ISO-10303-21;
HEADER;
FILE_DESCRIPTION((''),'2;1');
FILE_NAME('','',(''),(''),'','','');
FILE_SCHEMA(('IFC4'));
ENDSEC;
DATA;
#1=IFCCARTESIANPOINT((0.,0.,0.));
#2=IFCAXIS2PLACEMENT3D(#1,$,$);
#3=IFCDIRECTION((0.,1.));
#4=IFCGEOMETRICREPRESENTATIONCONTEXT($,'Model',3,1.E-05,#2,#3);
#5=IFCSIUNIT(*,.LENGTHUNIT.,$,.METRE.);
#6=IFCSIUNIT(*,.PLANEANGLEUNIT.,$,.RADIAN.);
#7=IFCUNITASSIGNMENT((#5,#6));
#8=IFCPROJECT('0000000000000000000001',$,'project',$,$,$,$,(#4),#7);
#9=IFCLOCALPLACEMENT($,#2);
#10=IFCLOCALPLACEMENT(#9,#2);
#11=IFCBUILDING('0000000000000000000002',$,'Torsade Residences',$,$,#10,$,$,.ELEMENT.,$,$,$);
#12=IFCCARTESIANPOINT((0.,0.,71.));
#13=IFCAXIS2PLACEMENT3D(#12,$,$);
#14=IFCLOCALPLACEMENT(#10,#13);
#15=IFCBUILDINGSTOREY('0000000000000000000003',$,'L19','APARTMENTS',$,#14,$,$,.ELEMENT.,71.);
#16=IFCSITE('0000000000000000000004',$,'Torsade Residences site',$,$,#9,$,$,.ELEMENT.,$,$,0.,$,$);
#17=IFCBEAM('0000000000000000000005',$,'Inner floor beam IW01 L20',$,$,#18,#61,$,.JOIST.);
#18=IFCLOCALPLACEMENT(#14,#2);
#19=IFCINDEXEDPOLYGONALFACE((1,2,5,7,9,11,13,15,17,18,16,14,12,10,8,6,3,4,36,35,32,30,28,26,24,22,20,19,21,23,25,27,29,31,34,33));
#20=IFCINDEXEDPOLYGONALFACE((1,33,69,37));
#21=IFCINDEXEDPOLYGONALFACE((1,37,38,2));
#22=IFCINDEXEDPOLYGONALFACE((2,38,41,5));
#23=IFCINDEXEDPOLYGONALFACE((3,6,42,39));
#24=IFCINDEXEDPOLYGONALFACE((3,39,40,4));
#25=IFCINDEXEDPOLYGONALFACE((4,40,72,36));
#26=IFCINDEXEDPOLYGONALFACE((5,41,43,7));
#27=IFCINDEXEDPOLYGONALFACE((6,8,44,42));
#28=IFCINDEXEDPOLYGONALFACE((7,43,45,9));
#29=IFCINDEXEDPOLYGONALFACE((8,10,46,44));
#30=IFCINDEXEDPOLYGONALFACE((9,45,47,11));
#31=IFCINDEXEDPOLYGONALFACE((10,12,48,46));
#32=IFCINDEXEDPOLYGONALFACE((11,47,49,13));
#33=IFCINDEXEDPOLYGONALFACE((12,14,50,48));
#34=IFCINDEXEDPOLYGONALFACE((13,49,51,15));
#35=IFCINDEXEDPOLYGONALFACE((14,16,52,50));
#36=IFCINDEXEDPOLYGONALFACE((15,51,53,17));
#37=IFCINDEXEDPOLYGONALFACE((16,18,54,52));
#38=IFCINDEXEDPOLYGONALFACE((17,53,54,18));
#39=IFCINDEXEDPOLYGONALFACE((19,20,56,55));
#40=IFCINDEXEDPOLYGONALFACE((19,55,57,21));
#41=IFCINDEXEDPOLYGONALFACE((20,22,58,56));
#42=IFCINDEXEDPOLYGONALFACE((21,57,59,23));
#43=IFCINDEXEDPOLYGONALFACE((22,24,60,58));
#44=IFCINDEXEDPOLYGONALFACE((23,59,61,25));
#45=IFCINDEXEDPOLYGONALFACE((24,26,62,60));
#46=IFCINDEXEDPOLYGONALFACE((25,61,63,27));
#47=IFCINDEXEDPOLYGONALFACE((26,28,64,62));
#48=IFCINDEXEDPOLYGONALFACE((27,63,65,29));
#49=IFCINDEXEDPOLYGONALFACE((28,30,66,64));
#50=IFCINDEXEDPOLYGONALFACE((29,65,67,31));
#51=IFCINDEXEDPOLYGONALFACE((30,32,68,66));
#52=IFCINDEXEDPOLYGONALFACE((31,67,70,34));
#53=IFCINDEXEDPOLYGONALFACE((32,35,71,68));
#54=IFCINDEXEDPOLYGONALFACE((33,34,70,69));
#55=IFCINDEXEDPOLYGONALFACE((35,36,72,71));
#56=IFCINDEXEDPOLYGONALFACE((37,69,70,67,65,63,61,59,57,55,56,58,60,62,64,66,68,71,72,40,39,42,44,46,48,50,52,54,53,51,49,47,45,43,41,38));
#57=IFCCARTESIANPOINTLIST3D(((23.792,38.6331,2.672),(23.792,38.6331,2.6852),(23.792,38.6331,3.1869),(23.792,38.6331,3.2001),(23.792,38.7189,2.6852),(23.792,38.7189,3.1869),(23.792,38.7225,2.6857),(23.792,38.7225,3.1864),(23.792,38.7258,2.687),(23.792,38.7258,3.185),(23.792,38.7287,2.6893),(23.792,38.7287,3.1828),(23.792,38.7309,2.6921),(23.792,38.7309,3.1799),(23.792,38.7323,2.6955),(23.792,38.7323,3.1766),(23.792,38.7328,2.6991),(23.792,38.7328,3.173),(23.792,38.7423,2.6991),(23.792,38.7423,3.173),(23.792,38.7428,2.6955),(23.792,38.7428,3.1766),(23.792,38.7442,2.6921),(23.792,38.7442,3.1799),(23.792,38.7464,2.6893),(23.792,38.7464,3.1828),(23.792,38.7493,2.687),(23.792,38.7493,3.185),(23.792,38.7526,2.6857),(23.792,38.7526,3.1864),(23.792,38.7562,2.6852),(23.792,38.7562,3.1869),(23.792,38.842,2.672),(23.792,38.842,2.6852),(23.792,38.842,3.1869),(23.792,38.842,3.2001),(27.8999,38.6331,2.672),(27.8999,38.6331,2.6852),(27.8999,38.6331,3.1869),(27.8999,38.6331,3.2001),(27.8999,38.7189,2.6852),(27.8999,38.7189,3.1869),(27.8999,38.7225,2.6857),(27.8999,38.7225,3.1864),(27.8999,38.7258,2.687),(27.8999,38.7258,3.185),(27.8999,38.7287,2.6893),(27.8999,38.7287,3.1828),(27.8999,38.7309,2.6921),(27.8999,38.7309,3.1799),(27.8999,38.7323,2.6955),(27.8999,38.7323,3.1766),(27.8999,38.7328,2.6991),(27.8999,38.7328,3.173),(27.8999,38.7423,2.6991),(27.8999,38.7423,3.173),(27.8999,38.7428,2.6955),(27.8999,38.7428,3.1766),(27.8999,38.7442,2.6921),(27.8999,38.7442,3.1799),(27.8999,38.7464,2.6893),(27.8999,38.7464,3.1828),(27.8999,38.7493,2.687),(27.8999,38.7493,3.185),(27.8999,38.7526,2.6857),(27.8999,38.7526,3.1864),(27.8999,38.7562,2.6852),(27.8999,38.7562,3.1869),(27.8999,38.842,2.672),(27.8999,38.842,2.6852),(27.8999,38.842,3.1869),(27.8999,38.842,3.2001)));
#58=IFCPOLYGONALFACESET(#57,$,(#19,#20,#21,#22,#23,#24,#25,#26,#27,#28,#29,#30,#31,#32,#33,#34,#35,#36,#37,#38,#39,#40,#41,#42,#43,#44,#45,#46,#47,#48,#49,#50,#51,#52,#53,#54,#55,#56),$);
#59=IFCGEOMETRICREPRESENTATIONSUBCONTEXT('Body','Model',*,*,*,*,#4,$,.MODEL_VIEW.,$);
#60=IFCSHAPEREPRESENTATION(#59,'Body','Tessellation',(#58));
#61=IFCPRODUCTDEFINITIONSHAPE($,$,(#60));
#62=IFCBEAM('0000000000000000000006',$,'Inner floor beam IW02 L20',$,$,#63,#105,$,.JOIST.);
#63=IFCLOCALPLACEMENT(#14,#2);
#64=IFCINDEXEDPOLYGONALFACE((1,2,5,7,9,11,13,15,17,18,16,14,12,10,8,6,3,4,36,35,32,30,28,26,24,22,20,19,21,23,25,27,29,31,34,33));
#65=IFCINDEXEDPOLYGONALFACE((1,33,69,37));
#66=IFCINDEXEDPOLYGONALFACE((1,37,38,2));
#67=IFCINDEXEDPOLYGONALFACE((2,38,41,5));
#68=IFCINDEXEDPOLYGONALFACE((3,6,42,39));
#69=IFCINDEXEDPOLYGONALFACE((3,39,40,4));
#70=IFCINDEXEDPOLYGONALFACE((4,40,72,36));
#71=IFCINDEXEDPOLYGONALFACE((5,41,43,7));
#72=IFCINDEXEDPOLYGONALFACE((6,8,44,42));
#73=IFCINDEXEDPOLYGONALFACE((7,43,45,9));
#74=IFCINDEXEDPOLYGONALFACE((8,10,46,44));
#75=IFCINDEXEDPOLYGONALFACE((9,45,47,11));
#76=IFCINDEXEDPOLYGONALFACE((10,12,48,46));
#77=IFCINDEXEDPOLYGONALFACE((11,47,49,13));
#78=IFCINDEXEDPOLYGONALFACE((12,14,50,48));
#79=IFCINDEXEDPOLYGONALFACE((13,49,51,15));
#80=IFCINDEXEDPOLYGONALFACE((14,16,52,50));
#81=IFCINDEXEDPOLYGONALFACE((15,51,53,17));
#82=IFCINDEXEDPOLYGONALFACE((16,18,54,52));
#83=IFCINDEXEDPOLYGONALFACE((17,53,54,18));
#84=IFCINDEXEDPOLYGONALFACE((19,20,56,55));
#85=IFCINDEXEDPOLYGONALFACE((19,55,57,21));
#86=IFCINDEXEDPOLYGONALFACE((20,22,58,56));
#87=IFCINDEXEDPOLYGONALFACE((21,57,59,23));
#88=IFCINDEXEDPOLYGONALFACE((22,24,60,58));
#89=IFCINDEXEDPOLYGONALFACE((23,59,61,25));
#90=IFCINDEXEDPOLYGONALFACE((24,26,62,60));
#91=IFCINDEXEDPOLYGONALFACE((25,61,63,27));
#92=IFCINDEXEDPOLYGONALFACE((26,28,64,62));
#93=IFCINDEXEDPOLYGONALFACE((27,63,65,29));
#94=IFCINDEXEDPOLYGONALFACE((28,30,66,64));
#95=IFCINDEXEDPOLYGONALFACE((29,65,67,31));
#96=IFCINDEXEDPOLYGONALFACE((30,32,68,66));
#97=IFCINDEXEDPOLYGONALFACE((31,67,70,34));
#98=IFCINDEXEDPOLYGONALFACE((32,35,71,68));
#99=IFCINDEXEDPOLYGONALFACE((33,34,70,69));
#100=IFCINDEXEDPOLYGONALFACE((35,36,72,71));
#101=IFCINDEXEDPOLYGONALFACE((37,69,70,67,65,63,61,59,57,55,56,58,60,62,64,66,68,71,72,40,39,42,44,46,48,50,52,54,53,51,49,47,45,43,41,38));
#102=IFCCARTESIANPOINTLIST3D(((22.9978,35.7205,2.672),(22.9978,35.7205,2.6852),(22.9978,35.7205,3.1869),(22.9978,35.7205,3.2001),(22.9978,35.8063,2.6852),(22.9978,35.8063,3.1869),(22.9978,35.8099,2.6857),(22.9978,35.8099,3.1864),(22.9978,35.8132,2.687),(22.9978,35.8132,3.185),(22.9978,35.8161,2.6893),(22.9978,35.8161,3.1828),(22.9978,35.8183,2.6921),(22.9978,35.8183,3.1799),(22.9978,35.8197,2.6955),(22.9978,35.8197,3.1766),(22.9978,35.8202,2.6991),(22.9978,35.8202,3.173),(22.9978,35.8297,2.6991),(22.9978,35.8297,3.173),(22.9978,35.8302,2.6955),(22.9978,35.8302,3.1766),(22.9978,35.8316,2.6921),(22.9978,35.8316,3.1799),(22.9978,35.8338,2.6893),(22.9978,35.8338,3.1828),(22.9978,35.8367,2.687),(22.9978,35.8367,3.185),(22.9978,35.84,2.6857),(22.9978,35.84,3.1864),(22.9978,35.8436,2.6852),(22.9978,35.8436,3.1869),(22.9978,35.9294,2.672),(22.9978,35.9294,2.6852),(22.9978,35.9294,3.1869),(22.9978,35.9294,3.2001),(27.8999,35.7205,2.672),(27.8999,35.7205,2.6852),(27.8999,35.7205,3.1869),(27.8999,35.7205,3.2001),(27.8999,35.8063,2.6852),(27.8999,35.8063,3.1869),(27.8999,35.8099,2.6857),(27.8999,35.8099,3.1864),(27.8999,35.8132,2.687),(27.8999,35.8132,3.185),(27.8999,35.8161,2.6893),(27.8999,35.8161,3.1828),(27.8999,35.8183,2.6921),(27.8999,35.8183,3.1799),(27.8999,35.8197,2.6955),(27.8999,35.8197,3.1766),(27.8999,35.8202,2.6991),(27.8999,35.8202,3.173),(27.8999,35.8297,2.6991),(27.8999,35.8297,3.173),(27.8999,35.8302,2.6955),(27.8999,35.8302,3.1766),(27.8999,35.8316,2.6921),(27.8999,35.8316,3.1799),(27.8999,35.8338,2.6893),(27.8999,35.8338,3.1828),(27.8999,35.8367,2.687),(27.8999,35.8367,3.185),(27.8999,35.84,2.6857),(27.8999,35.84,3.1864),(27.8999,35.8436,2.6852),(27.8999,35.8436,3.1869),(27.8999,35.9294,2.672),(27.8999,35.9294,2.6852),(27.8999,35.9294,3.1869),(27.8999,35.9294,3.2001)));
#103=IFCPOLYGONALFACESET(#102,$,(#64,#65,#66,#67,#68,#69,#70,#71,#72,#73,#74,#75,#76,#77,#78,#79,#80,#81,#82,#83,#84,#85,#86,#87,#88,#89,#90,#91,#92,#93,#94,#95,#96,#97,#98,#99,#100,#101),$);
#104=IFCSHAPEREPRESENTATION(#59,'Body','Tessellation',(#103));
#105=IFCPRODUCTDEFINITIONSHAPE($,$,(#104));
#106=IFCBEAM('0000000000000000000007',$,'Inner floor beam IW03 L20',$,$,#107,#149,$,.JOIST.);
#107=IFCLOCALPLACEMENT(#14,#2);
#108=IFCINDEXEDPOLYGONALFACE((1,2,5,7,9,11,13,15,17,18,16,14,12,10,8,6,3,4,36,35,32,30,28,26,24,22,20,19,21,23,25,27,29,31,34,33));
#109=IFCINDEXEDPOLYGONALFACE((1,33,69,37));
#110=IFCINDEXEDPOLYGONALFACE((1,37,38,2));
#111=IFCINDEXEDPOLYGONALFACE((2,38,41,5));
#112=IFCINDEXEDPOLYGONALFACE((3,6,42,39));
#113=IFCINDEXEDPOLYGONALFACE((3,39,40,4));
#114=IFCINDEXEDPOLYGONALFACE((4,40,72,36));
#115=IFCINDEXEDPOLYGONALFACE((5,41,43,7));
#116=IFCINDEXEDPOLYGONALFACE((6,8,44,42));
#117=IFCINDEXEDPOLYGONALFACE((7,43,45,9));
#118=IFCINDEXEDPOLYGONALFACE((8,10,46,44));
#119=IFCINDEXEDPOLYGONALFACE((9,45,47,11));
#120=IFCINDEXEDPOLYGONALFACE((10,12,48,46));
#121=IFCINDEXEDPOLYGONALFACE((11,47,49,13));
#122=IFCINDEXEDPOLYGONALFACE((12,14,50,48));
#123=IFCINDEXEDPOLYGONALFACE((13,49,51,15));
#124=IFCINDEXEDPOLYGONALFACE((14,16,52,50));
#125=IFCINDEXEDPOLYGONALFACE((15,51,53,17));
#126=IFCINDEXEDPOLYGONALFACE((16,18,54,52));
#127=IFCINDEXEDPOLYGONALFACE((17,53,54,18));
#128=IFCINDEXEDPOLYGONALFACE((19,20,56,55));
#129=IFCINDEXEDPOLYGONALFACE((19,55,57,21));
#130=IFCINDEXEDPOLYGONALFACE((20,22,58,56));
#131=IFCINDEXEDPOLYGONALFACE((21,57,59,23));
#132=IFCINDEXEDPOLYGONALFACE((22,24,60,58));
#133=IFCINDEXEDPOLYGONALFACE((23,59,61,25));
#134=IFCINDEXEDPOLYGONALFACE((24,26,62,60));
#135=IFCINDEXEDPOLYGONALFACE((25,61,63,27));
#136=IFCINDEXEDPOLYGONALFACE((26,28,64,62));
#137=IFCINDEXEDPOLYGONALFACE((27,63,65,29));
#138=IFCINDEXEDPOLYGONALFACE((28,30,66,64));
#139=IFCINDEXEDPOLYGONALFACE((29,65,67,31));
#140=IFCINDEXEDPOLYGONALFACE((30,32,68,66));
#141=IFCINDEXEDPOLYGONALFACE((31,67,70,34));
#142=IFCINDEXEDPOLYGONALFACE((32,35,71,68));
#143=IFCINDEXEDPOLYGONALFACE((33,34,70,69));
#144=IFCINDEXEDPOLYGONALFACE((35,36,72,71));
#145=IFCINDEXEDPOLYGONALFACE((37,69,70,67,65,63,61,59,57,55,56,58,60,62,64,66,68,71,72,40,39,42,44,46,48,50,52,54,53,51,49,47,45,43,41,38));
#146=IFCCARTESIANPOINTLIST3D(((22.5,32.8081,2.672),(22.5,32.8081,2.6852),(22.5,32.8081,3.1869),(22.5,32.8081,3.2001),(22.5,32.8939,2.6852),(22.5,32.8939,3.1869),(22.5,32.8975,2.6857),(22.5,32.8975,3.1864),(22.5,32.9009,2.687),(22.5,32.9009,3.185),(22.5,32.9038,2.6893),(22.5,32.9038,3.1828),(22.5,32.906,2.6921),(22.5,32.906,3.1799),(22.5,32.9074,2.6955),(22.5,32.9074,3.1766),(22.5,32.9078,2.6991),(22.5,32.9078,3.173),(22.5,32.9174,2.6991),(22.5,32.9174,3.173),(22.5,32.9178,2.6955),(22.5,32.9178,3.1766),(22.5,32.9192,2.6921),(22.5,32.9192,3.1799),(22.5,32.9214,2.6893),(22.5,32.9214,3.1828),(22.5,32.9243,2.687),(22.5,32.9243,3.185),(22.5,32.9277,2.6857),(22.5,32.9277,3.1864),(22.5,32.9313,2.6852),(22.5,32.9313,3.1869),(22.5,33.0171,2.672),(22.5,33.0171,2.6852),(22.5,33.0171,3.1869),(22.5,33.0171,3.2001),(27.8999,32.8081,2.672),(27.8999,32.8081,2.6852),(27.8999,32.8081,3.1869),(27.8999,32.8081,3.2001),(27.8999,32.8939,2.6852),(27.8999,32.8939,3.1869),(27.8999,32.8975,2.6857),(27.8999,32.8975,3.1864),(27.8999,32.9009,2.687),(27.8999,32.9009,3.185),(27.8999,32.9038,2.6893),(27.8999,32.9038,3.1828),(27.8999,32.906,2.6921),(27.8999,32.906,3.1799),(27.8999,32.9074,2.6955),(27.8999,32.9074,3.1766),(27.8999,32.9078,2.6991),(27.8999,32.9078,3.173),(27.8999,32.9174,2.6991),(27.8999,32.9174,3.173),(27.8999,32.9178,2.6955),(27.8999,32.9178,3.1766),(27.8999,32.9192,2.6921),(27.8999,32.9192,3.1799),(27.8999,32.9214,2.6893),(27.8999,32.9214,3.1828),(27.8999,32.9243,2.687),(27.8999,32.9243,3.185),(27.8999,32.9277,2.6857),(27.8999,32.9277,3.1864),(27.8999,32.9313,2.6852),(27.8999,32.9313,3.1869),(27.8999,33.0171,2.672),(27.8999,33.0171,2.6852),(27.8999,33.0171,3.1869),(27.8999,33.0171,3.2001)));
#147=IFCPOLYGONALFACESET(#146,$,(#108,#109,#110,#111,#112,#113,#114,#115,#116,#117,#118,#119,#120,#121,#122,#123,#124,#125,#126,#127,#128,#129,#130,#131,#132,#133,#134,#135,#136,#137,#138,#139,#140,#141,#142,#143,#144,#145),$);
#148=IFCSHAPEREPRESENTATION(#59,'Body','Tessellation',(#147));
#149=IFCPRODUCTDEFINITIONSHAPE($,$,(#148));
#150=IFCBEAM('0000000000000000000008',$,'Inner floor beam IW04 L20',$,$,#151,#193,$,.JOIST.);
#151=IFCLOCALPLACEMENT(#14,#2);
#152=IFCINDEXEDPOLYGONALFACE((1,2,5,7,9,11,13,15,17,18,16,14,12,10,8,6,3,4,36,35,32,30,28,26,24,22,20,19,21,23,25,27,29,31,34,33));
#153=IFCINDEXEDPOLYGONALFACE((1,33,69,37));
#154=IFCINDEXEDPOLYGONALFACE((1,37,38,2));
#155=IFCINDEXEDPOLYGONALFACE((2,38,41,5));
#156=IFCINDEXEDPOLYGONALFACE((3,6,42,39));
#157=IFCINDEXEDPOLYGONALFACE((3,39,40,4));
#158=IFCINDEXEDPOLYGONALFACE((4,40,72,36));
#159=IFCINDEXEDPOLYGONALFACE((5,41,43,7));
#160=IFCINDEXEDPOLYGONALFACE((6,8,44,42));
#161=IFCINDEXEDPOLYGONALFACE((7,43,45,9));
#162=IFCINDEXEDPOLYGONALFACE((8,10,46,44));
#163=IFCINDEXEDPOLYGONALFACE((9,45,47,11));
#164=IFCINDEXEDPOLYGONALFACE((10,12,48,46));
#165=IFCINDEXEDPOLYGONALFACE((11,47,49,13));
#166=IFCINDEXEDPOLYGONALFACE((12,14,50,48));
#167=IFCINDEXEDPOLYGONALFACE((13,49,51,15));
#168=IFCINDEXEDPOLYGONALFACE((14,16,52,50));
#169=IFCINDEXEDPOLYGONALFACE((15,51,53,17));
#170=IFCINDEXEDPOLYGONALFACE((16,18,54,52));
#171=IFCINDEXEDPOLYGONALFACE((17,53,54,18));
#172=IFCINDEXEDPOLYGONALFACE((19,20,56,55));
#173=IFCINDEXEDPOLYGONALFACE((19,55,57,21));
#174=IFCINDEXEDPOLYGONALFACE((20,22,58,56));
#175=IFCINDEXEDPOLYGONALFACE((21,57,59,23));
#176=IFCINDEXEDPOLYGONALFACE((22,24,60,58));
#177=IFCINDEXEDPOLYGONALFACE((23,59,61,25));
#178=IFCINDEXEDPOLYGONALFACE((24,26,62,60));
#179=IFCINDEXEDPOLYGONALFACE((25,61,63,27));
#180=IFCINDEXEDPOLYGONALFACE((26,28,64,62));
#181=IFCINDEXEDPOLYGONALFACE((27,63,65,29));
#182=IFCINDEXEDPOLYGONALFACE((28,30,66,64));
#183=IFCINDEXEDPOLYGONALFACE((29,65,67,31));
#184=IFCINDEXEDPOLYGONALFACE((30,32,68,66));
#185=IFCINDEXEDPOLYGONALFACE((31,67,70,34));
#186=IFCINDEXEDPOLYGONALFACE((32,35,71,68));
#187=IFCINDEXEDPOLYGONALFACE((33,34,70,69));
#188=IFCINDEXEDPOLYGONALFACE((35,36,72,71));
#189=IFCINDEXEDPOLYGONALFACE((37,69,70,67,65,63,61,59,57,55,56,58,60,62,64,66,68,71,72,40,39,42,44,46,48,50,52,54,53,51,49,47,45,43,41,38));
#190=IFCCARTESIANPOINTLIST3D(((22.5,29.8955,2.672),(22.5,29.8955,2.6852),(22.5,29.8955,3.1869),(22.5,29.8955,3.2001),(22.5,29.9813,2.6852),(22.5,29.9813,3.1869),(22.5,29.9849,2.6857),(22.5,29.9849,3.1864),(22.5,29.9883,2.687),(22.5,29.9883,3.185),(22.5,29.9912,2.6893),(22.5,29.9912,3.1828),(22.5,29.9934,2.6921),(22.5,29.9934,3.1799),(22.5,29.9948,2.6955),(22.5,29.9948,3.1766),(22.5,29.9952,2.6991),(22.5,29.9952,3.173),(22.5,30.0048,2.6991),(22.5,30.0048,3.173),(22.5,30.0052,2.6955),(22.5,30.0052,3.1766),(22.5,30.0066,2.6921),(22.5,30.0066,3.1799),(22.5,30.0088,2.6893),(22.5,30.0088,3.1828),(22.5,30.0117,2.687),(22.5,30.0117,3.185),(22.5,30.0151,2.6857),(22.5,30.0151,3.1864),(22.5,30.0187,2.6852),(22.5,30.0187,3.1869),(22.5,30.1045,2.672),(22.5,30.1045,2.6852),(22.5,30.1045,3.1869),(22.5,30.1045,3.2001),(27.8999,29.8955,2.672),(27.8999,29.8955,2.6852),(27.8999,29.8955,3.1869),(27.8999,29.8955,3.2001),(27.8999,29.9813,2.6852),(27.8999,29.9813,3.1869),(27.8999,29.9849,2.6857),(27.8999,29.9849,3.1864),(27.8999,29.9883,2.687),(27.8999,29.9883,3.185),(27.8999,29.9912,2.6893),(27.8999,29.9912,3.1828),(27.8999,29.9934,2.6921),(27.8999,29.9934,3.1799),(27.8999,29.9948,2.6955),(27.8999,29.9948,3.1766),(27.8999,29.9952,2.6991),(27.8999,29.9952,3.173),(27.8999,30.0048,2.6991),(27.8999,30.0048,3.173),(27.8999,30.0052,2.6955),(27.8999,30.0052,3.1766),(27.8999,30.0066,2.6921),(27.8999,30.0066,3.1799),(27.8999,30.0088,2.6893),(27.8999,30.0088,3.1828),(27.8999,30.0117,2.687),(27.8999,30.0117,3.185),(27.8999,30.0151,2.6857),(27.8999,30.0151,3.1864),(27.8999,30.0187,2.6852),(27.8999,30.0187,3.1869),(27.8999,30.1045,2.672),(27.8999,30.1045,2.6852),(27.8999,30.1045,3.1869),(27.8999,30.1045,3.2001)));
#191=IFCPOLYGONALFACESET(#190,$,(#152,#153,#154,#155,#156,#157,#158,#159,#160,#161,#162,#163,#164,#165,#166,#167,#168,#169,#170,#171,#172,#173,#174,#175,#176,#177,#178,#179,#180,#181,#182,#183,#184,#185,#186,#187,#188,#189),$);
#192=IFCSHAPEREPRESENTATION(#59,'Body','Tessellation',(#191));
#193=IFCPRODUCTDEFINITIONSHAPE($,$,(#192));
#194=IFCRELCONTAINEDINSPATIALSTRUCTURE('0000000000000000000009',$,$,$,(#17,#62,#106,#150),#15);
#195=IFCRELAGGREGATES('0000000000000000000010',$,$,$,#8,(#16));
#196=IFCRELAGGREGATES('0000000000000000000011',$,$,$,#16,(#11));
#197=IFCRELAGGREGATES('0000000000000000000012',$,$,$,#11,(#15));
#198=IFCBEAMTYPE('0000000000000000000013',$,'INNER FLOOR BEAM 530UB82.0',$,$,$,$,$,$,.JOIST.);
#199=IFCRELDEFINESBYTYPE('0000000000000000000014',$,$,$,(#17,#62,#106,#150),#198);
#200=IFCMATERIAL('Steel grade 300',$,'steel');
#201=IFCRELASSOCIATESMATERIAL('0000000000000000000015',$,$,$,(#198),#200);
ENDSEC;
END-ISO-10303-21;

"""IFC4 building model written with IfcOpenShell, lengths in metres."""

from ifc_helpers import new_model, si_unit, direction, frame, origin, origin_2d, place, context, subcontext, project, spatial, i_section, extrude, material, material_profile, profile_set, type_object, element, save


model = new_model("IFC4")

# Units and contexts
model_context = context("Model", 3, precision=1e-05, world=origin(), true_north=direction((0.0, 1.0)))
body_context = subcontext(model_context, "Body", "Model", "MODEL_VIEW")
ifc_project = project(units=[si_unit("LENGTHUNIT", "METRE"), si_unit("PLANEANGLEUNIT", "RADIAN")], contexts=[model_context])

# Site, building, storey
site_placement = place(None, origin())
site = spatial("IfcSite", under=ifc_project, at=site_placement, Name="Torsade Residences site", CompositionType="ELEMENT", RefElevation=0.0)
building_placement = place(site_placement, origin())
building = spatial("IfcBuilding", under=site, at=building_placement, Name="Torsade Residences", CompositionType="ELEMENT")
storey_placement = place(building_placement, frame((0.0, 0.0, 71.0)))
storey = spatial("IfcBuildingStorey", under=building, at=storey_placement, Name="L19", Description="APARTMENTS", CompositionType="ELEMENT", Elevation=71.0)

# Beams
ifc_material_1 = material(Name="Steel grade 300", Category="steel")
ifc_material_profile = material_profile(ifc_material_1, i_section(OverallWidth=0.209, OverallDepth=0.5281, WebThickness=0.0095, FlangeThickness=0.0132, FilletRadius=0.0139, at=origin_2d()), Name="530UB82.0")
ifc_profile_set = profile_set([ifc_material_profile], Name="Steel grade 300")
beam_type = type_object("IfcBeamType", Name="INNER FLOOR BEAM 530UB82.0", PredefinedType="JOIST", material=ifc_profile_set)
beam_1_placement = place(storey_placement, frame((27.8999, 38.7375, 2.936), z_axis=(-1.0, 0.0, 0.0), x_axis=(0.0, -1.0, 0.0)))
element("IfcBeam", 1, at=beam_1_placement, inside=storey, type_object=beam_type, Name="Inner floor beam IW01 L20", PredefinedType="JOIST", context=body_context, shape_type="SweptSolid", body=[
    extrude(i_section(OverallWidth=0.209, OverallDepth=0.5281, WebThickness=0.0095, FlangeThickness=0.0132, FilletRadius=0.0139, at=origin_2d()), origin(), (0.0, 0.0, 1.0), 4.1079),
])
beam_2_placement = place(storey_placement, frame((27.8999, 35.825, 2.936), z_axis=(-1.0, 0.0, 0.0), x_axis=(0.0, -1.0, 0.0)))
element("IfcBeam", 2, at=beam_2_placement, inside=storey, type_object=beam_type, Name="Inner floor beam IW02 L20", PredefinedType="JOIST", context=body_context, shape_type="SweptSolid", body=[
    extrude(i_section(OverallWidth=0.209, OverallDepth=0.5281, WebThickness=0.0095, FlangeThickness=0.0132, FilletRadius=0.0139, at=origin_2d()), origin(), (0.0, 0.0, 1.0), 4.9021),
])
for number, where, z_axis, x_axis, name in (
    (3, (27.8999, 32.9126, 2.936), (-1.0, 0.0, 0.0), (0.0, -1.0, 0.0), "Inner floor beam IW03 L20"),
    (4, (27.8999, 30.0, 2.936), (-1.0, 0.0, 0.0), (0.0, -1.0, 0.0), "Inner floor beam IW04 L20"),
):
    element("IfcBeam", number, at=place(storey_placement, frame(where, z_axis=z_axis, x_axis=x_axis)), inside=storey, type_object=beam_type, Name=name, PredefinedType="JOIST", context=body_context, shape_type="SweptSolid", body=[
        extrude(i_section(OverallWidth=0.209, OverallDepth=0.5281, WebThickness=0.0095, FlangeThickness=0.0132, FilletRadius=0.0139, at=origin_2d()), origin(), (0.0, 0.0, 1.0), 5.3999),
    ])

save(model, "model.ifc")
